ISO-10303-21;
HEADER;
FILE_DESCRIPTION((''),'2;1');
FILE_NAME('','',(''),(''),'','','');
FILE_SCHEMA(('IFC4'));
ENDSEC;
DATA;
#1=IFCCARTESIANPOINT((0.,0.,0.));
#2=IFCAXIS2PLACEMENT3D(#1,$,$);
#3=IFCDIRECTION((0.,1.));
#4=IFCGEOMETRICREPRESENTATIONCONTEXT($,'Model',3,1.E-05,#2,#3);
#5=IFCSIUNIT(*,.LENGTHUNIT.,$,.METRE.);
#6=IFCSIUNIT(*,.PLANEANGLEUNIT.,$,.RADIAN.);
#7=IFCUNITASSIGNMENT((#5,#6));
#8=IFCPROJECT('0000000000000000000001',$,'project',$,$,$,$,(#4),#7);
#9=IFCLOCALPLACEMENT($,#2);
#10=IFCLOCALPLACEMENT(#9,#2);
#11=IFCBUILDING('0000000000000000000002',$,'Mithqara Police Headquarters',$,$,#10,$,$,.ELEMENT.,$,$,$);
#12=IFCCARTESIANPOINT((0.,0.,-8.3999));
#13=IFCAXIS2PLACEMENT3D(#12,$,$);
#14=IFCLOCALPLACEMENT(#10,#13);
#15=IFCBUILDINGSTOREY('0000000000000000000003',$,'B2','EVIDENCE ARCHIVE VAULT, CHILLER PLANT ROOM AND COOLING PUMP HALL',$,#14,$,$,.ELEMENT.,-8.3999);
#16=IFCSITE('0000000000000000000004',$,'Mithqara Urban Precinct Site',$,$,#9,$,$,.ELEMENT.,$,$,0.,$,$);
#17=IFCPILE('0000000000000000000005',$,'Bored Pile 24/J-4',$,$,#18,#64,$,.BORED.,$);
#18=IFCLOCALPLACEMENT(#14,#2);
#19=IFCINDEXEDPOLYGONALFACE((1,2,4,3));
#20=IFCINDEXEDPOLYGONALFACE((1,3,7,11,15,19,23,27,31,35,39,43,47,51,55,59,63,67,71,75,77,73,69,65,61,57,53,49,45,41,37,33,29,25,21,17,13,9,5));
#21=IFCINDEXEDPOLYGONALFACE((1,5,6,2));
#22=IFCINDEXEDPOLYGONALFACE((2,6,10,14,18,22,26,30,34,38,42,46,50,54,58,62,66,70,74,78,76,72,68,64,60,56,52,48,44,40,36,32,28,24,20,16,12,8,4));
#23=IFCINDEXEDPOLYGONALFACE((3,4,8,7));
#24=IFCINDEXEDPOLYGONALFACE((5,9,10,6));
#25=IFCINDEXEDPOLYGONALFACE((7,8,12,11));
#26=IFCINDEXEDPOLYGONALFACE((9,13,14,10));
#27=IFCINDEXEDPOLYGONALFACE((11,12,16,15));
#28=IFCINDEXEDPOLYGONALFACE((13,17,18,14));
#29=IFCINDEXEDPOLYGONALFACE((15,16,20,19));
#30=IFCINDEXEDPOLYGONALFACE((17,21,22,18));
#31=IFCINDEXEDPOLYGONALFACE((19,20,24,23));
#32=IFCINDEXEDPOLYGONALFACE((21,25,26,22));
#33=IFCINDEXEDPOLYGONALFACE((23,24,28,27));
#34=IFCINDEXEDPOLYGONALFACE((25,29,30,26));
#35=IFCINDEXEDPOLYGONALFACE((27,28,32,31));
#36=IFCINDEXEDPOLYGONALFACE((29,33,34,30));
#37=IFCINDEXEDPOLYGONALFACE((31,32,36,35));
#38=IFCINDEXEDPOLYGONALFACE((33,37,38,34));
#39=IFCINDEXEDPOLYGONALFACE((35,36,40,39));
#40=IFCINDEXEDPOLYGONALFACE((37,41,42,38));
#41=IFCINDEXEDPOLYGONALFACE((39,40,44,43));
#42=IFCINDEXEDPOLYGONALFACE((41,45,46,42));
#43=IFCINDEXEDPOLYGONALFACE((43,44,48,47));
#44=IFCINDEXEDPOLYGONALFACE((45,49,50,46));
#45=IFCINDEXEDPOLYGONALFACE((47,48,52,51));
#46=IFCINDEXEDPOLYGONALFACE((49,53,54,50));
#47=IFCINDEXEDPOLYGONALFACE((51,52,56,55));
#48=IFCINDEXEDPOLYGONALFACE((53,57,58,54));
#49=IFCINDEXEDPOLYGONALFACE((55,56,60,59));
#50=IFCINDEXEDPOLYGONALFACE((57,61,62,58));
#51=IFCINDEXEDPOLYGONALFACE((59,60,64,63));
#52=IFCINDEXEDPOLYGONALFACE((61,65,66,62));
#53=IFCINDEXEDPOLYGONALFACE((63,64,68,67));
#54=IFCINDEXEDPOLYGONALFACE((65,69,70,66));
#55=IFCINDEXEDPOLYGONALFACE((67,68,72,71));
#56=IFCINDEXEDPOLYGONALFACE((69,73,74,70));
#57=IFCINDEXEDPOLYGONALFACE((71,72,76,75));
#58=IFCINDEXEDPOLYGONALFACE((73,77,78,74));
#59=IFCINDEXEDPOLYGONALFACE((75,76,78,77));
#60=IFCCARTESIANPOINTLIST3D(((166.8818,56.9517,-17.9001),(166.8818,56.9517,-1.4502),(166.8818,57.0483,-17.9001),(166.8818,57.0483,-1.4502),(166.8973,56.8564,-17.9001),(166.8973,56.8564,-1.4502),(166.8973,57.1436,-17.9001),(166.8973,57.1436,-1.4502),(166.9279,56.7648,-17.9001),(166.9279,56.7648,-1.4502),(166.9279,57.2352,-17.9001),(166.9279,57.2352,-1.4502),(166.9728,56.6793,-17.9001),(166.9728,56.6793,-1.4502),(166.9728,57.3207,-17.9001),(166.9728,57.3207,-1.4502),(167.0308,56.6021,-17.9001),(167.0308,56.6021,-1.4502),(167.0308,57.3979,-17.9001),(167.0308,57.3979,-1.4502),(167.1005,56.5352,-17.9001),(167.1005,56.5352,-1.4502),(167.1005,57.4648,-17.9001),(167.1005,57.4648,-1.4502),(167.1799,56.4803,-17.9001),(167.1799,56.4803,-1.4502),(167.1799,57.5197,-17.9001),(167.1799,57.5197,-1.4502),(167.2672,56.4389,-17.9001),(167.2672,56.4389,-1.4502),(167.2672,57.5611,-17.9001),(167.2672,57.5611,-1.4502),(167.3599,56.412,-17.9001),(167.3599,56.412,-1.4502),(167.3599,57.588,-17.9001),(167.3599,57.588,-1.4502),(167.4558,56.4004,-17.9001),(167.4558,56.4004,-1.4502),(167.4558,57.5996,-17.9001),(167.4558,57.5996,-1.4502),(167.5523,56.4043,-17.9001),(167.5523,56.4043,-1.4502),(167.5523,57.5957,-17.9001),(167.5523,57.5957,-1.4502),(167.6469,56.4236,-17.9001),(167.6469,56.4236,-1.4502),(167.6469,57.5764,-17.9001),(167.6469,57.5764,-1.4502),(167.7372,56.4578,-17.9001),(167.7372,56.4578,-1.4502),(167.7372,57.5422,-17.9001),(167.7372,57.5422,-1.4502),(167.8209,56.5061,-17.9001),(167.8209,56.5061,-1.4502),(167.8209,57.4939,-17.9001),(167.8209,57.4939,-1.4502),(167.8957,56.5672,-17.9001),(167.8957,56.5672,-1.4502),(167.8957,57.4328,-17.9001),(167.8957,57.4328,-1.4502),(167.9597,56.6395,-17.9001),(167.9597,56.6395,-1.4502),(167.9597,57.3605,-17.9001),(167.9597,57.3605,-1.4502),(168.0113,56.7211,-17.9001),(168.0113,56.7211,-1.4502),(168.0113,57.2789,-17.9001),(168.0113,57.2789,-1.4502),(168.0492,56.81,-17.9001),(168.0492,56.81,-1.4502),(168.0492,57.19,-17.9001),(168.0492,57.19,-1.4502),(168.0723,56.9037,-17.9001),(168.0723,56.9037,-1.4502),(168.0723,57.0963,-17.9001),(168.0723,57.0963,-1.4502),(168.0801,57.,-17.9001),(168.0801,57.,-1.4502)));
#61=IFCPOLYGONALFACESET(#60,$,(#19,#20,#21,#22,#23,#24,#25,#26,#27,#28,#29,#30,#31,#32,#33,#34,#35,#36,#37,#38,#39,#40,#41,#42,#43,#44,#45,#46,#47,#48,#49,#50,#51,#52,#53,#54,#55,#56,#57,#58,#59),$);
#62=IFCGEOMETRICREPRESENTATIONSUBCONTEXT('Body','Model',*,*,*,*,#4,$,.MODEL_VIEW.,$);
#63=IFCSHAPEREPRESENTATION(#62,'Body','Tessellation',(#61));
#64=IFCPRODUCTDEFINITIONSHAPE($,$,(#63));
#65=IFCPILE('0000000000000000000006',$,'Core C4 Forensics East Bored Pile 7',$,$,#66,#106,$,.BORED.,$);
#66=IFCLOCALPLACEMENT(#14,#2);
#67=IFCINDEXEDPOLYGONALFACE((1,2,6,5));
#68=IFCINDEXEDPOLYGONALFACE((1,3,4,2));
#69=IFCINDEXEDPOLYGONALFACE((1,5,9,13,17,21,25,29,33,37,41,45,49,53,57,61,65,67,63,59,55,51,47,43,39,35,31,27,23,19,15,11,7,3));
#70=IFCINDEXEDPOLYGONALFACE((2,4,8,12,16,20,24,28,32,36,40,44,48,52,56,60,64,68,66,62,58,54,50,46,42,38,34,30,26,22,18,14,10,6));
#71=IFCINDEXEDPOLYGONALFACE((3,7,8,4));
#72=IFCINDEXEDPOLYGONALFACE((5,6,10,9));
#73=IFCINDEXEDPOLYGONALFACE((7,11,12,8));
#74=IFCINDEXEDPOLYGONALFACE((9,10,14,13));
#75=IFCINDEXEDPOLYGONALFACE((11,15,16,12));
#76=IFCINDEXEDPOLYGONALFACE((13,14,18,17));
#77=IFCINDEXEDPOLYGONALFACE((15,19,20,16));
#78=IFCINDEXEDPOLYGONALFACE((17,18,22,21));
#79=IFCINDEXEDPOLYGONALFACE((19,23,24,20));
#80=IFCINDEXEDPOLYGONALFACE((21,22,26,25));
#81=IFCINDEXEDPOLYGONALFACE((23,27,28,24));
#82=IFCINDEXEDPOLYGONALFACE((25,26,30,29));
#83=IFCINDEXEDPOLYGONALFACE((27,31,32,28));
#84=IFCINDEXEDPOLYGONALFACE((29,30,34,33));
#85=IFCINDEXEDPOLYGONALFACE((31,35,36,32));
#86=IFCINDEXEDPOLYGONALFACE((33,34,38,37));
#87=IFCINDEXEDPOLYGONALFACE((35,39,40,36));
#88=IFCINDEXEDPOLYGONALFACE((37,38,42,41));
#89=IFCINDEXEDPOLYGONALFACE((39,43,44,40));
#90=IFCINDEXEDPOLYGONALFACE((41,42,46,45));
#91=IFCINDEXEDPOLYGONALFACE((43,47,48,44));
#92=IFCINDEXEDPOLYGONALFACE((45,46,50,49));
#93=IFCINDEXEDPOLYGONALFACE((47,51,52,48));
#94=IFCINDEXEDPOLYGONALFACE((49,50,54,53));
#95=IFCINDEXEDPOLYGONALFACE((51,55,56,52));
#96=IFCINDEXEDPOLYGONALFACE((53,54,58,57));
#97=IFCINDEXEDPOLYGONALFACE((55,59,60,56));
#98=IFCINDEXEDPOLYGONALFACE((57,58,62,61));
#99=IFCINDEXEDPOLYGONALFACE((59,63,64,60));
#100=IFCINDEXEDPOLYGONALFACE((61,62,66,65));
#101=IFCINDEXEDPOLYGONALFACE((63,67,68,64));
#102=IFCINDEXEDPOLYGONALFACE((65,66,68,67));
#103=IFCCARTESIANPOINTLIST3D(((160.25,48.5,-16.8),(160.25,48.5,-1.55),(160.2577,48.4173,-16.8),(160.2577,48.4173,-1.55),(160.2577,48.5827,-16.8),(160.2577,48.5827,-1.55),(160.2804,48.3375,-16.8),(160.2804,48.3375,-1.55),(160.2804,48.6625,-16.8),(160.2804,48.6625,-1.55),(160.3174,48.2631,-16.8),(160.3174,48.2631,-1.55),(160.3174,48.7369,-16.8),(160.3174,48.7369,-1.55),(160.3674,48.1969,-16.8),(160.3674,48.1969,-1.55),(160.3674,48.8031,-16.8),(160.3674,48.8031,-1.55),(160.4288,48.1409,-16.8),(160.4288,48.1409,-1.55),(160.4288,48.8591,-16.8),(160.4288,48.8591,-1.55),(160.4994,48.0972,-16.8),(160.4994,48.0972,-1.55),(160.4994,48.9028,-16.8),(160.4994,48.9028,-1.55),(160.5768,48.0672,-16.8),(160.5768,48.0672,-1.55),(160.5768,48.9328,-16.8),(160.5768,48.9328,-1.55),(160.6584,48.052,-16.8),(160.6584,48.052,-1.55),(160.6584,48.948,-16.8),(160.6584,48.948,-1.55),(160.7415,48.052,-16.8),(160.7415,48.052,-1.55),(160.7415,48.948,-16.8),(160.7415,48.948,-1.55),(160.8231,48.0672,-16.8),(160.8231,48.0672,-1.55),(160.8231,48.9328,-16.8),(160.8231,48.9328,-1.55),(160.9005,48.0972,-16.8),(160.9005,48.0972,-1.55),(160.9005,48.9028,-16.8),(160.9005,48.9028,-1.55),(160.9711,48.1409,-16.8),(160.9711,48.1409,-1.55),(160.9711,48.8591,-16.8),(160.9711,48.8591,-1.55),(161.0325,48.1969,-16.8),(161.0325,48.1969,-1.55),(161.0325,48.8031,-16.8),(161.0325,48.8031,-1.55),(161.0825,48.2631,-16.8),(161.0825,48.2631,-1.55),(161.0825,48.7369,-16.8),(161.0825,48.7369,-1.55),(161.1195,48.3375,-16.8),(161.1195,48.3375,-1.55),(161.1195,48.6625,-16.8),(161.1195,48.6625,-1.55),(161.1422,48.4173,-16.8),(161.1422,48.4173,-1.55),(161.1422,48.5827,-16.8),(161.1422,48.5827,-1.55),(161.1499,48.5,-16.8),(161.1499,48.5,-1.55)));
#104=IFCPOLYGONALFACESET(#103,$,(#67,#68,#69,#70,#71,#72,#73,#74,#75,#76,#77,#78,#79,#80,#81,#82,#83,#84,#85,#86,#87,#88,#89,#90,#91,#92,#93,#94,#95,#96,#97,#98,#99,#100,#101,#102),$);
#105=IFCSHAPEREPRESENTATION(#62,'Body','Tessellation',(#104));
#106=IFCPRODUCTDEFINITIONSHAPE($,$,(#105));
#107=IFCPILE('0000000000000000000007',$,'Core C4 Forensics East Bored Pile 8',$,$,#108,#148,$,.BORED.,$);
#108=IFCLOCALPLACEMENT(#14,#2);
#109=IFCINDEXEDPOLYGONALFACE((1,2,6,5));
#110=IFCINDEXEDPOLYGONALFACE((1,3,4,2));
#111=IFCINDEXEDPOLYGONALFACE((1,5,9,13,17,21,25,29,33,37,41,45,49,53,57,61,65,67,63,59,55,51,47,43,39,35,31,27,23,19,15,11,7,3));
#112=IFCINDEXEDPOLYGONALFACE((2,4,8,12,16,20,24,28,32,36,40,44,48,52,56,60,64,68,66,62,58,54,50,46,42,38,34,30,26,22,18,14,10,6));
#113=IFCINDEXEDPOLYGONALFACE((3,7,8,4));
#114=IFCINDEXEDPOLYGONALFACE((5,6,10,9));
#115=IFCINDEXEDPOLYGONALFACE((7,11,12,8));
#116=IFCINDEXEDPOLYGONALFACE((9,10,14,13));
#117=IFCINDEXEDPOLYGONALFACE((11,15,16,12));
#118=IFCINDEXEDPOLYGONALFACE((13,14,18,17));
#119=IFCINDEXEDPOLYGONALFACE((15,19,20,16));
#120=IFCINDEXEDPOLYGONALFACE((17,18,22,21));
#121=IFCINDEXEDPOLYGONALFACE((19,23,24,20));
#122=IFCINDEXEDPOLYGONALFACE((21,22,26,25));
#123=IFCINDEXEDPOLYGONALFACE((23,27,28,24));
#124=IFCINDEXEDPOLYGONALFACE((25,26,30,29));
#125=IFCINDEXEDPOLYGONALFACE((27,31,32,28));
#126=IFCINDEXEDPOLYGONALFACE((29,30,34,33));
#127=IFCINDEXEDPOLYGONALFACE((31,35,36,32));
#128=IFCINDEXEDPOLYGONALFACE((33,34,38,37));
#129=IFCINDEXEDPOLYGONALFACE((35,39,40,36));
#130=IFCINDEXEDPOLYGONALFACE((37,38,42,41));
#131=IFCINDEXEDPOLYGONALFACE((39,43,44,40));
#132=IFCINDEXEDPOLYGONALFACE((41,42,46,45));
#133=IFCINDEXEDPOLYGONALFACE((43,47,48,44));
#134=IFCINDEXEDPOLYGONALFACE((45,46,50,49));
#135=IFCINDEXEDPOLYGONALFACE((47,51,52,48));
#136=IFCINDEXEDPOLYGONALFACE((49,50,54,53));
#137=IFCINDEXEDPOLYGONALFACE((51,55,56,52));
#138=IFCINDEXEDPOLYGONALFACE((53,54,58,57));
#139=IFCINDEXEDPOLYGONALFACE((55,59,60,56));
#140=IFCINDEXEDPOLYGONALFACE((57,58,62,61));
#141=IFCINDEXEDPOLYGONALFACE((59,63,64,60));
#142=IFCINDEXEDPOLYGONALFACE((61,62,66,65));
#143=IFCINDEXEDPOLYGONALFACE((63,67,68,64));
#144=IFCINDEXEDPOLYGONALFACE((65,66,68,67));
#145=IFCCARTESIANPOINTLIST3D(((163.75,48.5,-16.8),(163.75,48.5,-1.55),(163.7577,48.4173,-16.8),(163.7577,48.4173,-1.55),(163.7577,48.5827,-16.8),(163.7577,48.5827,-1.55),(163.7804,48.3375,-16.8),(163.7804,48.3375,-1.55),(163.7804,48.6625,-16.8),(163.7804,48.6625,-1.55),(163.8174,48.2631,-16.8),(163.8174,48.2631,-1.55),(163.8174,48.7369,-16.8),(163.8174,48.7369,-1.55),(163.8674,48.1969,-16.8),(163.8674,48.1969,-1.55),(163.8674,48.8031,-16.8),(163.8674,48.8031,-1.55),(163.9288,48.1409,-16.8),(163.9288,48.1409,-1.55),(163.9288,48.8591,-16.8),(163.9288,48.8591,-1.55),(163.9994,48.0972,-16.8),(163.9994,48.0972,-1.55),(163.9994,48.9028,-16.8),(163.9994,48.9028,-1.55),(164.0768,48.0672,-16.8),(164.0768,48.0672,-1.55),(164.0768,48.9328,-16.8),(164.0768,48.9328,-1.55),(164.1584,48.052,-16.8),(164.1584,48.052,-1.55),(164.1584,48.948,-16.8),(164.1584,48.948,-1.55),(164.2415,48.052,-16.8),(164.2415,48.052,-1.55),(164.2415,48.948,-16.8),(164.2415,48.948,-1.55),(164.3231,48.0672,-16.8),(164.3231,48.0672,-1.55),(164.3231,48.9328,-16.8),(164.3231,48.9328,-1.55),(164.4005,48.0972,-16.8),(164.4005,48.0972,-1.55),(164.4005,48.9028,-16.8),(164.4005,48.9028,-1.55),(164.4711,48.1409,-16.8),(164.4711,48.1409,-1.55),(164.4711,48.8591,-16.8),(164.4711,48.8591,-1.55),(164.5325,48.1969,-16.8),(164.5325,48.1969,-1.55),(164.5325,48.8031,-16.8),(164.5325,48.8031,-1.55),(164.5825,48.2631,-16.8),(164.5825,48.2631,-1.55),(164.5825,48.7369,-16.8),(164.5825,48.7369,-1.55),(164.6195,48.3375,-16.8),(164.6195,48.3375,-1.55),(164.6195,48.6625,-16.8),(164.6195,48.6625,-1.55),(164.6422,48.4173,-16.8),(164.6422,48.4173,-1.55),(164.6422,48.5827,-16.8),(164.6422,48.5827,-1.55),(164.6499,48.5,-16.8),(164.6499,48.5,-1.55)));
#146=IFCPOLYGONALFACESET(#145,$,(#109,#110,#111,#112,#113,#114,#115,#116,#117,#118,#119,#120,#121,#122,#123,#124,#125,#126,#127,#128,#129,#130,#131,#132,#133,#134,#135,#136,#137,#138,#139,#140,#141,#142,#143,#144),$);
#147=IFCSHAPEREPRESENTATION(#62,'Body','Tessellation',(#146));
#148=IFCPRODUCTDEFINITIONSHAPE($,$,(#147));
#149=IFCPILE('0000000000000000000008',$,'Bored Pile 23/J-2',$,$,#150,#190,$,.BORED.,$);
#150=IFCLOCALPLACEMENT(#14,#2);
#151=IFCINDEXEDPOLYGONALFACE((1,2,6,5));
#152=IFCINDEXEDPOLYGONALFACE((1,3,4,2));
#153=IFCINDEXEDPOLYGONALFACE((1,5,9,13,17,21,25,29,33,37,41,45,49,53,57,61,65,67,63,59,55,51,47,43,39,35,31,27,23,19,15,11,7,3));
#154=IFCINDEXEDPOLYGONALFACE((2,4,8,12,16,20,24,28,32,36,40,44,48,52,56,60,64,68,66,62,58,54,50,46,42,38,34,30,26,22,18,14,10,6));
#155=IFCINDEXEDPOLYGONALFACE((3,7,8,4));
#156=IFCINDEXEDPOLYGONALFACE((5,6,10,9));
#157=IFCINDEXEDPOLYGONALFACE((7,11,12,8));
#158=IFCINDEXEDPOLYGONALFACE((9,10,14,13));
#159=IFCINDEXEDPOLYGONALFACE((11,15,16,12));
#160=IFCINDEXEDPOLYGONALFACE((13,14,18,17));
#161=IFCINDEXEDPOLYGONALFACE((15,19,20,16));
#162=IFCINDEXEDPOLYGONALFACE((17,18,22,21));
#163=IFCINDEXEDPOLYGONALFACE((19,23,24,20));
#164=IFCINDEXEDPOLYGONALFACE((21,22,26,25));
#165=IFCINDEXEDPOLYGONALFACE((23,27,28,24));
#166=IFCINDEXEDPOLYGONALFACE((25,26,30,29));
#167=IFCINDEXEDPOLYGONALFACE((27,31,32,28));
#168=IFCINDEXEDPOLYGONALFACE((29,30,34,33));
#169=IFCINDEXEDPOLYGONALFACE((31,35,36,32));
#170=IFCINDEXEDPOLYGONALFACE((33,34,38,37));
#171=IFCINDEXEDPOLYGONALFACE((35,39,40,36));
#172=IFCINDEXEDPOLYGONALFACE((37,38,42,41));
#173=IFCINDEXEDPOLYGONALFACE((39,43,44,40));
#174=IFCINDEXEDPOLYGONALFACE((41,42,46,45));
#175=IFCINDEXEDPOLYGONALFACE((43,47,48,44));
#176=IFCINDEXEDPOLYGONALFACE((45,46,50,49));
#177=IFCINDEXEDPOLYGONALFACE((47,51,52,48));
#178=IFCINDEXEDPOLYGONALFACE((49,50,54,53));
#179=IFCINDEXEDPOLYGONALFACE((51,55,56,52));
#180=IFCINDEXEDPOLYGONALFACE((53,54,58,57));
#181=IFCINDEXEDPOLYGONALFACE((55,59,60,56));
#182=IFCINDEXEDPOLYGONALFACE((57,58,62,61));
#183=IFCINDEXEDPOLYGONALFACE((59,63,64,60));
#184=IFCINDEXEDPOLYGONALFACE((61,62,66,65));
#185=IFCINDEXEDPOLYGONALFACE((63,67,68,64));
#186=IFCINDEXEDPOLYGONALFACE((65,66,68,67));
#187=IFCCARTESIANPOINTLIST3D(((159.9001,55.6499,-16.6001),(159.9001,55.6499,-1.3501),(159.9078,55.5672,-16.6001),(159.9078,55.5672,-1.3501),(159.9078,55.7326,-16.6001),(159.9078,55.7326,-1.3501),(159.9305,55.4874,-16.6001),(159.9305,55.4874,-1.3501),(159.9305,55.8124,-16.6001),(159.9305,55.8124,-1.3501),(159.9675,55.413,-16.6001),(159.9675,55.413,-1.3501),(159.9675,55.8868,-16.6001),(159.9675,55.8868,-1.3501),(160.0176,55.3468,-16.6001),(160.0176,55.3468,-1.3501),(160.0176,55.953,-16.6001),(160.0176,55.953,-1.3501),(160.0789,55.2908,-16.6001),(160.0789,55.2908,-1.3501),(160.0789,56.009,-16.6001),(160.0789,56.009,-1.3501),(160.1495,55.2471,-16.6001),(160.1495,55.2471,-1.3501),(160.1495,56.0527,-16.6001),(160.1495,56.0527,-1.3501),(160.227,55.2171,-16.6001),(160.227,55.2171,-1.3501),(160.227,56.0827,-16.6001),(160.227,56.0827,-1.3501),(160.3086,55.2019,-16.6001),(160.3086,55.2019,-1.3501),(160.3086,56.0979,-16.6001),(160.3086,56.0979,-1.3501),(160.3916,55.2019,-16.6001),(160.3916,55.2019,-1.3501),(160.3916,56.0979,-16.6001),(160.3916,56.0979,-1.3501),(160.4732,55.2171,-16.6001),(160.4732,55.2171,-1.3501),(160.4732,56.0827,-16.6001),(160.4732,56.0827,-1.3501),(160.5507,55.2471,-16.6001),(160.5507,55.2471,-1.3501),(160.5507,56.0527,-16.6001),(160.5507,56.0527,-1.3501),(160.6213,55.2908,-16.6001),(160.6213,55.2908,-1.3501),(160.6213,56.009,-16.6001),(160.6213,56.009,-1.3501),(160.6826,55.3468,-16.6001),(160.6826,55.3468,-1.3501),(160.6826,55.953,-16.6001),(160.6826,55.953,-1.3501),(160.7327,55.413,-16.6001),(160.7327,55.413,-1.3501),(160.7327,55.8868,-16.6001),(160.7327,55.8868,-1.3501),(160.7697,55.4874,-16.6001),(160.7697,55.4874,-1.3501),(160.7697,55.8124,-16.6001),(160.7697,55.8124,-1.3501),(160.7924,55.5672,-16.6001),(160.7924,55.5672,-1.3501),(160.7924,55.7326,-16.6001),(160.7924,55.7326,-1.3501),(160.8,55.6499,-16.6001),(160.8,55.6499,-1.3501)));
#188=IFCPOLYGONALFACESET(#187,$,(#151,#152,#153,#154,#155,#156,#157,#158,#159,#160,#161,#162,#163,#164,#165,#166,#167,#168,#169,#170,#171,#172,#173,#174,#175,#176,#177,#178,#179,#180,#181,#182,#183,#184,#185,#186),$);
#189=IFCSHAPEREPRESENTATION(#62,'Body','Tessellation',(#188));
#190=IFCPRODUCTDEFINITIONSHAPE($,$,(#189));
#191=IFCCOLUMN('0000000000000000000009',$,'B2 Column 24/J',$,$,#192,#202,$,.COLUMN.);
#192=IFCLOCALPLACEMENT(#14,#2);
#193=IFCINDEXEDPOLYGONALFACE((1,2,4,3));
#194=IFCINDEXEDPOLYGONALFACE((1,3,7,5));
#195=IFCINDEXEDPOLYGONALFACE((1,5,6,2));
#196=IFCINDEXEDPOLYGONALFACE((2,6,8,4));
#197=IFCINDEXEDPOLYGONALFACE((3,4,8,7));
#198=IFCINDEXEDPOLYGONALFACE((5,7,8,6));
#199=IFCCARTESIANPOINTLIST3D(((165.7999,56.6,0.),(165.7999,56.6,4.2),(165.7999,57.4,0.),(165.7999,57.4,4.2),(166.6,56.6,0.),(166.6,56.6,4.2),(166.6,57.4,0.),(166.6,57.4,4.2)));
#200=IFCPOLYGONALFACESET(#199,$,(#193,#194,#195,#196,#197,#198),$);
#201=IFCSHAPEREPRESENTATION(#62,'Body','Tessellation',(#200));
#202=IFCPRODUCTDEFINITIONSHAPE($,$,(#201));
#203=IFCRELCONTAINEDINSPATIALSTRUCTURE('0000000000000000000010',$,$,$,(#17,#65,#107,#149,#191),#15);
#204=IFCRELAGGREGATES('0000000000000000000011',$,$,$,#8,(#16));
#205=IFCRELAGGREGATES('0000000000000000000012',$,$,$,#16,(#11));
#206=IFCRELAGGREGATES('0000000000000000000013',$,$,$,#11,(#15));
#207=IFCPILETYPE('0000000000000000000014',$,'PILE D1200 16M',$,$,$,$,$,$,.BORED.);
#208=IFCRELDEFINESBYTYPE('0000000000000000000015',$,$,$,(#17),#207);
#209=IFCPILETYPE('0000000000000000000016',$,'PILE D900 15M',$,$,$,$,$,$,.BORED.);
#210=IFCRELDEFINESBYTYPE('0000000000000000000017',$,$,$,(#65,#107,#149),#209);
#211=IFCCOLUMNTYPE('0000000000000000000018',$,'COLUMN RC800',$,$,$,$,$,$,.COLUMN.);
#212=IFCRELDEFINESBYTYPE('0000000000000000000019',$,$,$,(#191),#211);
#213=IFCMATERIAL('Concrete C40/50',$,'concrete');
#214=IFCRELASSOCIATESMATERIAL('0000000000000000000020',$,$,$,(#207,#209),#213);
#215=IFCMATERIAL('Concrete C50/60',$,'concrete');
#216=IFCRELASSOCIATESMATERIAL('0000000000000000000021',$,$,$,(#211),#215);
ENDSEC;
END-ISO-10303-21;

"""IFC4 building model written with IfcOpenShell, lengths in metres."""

from ifc_helpers import new_model, si_unit, direction, frame, origin, origin_2d, place, context, subcontext, project, spatial, rectangle, circle, extrude, material, material_profile, profile_set, type_object, element, save


model = new_model("IFC4")

# Units and contexts
model_context = context("Model", 3, precision=1e-05, world=origin(), true_north=direction((0.0, 1.0)))
body_context = subcontext(model_context, "Body", "Model", "MODEL_VIEW")
ifc_project = project(units=[si_unit("LENGTHUNIT", "METRE"), si_unit("PLANEANGLEUNIT", "RADIAN")], contexts=[model_context])

# Site, building, storey
site_placement = place(None, origin())
site = spatial("IfcSite", under=ifc_project, at=site_placement, Name="Mithqara Urban Precinct Site", CompositionType="ELEMENT", RefElevation=0.0)
building_placement = place(site_placement, origin())
building = spatial("IfcBuilding", under=site, at=building_placement, Name="Mithqara Police Headquarters", CompositionType="ELEMENT")
storey_placement = place(building_placement, frame((0.0, 0.0, -8.3999)))
storey = spatial("IfcBuildingStorey", under=building, at=storey_placement, Name="B2", Description="EVIDENCE ARCHIVE VAULT, CHILLER PLANT ROOM AND COOLING PUMP HALL", CompositionType="ELEMENT", Elevation=-8.3999)

# Shared definitions
ifc_material_1 = material(Name="Concrete C40/50", Category="concrete")

# Piles
ifc_material_profile_1 = material_profile(ifc_material_1, circle(Radius=0.6001, at=origin_2d()), Name="PILE D1200")
ifc_profile_set_1 = profile_set([ifc_material_profile_1], Name="Concrete C40/50")
pile_type_1 = type_object("IfcPileType", Name="PILE D1200 16M", PredefinedType="BORED", material=ifc_profile_set_1)
for number, where, z_axis, x_axis, name in (
    (1, (167.48, 57.0, -1.4502), (0.0, 0.0, -1.0), (1.0, 0.0, 0.0), "Bored Pile 24/J-4"),
):
    element("IfcPile", number, at=place(storey_placement, frame(where, z_axis=z_axis, x_axis=x_axis)), inside=storey, type_object=pile_type_1, Name=name, PredefinedType="BORED", context=body_context, shape_type="SweptSolid", body=[
        extrude(circle(Radius=0.6001, at=origin_2d()), origin(), (0.0, 0.0, 1.0), 16.45),
    ])
ifc_material_profile_2 = material_profile(ifc_material_1, circle(Radius=0.45, at=origin_2d()), Name="PILE D900")
ifc_profile_set_2 = profile_set([ifc_material_profile_2], Name="Concrete C40/50")
pile_type_2 = type_object("IfcPileType", Name="PILE D900 15M", PredefinedType="BORED", material=ifc_profile_set_2)
for number, where, z_axis, x_axis, name in (
    (2, (160.7, 48.5, -1.55), (0.0, 0.0, -1.0), (1.0, 0.0, 0.0), "Core C4 Forensics East Bored Pile 7"),
    (3, (164.2, 48.5, -1.55), (0.0, 0.0, -1.0), (1.0, 0.0, 0.0), "Core C4 Forensics East Bored Pile 8"),
    (4, (160.3501, 55.6499, -1.3501), (0.0, 0.0, -1.0), (1.0, 0.0, 0.0), "Bored Pile 23/J-2"),
):
    element("IfcPile", number, at=place(storey_placement, frame(where, z_axis=z_axis, x_axis=x_axis)), inside=storey, type_object=pile_type_2, Name=name, PredefinedType="BORED", context=body_context, shape_type="SweptSolid", body=[
        extrude(circle(Radius=0.45, at=origin_2d()), origin(), (0.0, 0.0, 1.0), 15.25),
    ])

# Column
ifc_material_2 = material(Name="Concrete C50/60", Category="concrete")
ifc_material_profile_3 = material_profile(ifc_material_2, rectangle(XDim=0.8, YDim=0.8, at=origin_2d()), Name="RC 800x800")
ifc_profile_set_3 = profile_set([ifc_material_profile_3], Name="Concrete C50/60")
column_type_1 = type_object("IfcColumnType", Name="COLUMN RC800", PredefinedType="COLUMN", material=ifc_profile_set_3)
column_1_placement = place(storey_placement, frame((166.2, 57.0, 0.0), z_axis=(0.0, 0.0, 1.0), x_axis=(1.0, 0.0, 0.0)))
element("IfcColumn", 5, at=column_1_placement, inside=storey, type_object=column_type_1, Name="B2 Column 24/J", PredefinedType="COLUMN", context=body_context, shape_type="SweptSolid", body=[
    extrude(rectangle(XDim=0.8, YDim=0.8, at=origin_2d()), origin(), (0.0, 0.0, 1.0), 4.2),
])

save(model, "model.ifc")
